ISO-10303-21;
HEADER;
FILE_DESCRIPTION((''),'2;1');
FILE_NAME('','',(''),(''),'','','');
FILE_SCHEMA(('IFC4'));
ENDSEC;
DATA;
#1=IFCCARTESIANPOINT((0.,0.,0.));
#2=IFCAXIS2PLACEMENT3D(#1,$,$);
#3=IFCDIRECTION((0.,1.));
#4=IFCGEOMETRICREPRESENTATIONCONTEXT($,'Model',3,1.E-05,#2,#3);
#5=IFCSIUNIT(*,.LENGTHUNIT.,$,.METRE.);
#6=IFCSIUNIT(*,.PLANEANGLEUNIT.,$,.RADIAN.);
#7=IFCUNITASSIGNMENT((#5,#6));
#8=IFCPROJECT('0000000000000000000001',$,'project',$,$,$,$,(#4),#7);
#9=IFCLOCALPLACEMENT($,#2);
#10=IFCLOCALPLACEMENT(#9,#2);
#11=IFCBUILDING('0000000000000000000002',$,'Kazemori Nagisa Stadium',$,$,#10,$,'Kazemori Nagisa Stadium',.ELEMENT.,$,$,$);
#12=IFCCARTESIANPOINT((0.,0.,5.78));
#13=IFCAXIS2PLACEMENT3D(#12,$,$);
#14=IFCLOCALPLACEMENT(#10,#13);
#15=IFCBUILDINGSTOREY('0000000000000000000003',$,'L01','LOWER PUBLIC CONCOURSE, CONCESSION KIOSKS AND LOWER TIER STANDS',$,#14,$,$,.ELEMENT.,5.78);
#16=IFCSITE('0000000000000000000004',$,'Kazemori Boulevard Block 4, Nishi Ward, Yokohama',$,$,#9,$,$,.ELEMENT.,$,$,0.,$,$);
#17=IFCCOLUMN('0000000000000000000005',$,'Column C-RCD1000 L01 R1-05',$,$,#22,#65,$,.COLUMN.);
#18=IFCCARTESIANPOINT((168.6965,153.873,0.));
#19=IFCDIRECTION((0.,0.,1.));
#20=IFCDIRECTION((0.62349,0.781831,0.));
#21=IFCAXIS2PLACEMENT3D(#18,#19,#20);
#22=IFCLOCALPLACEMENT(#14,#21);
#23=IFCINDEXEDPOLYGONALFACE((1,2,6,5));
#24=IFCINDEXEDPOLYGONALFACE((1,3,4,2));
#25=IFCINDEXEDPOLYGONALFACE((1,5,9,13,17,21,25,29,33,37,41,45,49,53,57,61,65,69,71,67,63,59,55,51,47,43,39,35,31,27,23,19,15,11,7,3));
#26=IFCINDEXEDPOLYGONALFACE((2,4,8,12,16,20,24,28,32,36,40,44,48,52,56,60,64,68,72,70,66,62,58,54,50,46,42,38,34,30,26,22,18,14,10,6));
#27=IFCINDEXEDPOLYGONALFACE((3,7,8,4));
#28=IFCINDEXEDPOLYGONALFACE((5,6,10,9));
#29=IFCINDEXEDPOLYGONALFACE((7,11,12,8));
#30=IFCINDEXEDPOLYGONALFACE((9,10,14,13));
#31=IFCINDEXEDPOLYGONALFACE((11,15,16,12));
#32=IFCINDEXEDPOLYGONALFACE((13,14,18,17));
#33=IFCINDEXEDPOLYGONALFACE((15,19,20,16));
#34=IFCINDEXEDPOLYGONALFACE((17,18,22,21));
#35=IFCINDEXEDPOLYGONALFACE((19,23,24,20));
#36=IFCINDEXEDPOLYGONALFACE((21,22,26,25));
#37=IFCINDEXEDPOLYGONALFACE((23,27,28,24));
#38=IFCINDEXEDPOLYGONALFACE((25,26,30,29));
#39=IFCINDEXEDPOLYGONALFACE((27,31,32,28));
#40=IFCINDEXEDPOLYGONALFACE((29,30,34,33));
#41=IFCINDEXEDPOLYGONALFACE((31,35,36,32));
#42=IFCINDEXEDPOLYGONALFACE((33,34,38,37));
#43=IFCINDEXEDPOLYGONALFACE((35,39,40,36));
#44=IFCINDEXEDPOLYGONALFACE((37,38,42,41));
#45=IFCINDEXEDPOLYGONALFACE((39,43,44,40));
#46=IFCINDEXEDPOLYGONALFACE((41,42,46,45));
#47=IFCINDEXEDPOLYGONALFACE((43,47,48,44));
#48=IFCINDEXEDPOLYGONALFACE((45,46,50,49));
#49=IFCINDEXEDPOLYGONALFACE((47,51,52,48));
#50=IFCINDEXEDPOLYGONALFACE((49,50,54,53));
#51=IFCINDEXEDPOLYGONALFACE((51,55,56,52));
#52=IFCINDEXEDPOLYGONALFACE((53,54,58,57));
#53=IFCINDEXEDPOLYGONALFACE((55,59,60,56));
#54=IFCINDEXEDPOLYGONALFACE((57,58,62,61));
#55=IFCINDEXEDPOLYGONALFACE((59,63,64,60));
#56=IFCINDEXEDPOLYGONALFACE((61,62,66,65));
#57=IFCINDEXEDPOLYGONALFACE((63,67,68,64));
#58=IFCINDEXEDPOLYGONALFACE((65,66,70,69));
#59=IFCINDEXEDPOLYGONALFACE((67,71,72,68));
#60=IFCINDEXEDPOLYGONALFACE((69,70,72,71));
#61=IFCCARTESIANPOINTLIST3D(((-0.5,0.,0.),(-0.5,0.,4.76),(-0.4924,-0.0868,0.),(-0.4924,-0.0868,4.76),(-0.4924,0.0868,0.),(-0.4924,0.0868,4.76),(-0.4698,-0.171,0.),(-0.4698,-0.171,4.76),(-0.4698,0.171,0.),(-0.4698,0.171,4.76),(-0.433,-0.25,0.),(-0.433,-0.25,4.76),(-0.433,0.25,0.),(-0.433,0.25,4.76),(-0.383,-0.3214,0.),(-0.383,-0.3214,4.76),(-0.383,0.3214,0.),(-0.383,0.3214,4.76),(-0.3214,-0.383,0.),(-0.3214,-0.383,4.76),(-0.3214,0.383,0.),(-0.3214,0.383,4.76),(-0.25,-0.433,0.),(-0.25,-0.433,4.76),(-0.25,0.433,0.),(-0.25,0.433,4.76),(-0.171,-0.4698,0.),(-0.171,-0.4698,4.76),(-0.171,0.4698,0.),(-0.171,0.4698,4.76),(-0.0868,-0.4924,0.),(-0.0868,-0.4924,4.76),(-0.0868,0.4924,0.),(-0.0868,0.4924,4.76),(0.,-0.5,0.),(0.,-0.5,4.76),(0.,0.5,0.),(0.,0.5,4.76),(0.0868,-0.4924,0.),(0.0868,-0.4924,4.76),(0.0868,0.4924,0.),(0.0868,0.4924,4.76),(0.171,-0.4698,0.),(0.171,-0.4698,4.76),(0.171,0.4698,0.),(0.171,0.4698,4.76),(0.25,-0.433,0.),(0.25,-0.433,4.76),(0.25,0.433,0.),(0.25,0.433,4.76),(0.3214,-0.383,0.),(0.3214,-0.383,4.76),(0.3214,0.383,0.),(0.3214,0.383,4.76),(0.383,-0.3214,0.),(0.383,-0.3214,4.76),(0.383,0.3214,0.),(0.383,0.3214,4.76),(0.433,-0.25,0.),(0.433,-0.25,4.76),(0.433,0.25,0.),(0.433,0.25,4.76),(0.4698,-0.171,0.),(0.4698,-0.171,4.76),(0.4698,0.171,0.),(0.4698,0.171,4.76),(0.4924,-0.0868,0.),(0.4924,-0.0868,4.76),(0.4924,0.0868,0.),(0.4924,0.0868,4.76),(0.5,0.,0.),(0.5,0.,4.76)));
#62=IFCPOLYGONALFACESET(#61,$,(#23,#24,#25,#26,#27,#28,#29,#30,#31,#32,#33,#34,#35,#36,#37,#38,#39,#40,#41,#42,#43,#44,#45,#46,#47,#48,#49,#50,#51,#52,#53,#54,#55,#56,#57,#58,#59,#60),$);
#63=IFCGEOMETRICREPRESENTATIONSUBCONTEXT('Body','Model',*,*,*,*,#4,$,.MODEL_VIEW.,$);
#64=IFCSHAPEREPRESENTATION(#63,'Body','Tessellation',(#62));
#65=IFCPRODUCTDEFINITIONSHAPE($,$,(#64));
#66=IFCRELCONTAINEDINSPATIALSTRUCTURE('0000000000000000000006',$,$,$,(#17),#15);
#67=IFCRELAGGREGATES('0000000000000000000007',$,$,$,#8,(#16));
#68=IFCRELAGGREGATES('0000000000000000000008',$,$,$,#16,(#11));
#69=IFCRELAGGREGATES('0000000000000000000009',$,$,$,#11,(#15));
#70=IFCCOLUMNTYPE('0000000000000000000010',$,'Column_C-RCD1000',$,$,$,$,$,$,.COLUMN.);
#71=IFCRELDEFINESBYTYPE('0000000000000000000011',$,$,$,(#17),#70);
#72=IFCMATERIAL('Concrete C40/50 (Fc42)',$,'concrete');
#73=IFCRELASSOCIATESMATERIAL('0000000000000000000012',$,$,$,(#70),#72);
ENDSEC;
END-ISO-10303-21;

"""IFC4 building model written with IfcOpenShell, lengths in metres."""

from ifc_helpers import new_model, si_unit, direction, frame, origin, origin_2d, place, context, subcontext, project, spatial, circle, extrude, material, material_profile, profile_set, type_object, element, save


model = new_model("IFC4")

# Units and contexts
model_context = context("Model", 3, precision=1e-05, world=origin(), true_north=direction((0.0, 1.0)))
body_context = subcontext(model_context, "Body", "Model", "MODEL_VIEW")
ifc_project = project(units=[si_unit("LENGTHUNIT", "METRE"), si_unit("PLANEANGLEUNIT", "RADIAN")], contexts=[model_context])

# Site, building, storey
site_placement = place(None, origin())
site = spatial("IfcSite", under=ifc_project, at=site_placement, Name="Kazemori Boulevard Block 4, Nishi Ward, Yokohama", CompositionType="ELEMENT", RefElevation=0.0)
building_placement = place(site_placement, origin())
building = spatial("IfcBuilding", under=site, at=building_placement, Name="Kazemori Nagisa Stadium", LongName="Kazemori Nagisa Stadium", CompositionType="ELEMENT")
storey_placement = place(building_placement, frame((0.0, 0.0, 5.78)))
storey = spatial("IfcBuildingStorey", under=building, at=storey_placement, Name="L01", Description="LOWER PUBLIC CONCOURSE, CONCESSION KIOSKS AND LOWER TIER STANDS", CompositionType="ELEMENT", Elevation=5.78)

# Column
ifc_material_1 = material(Name="Concrete C40/50 (Fc42)", Category="concrete")
ifc_material_profile_1 = material_profile(ifc_material_1, circle(Radius=0.5, at=origin_2d()), Name="RC-COL-D1000")
ifc_profile_set_1 = profile_set([ifc_material_profile_1], Name="Concrete C40/50 (Fc42)")
column_type = type_object("IfcColumnType", Name="Column_C-RCD1000", PredefinedType="COLUMN", material=ifc_profile_set_1)
column_placement = place(storey_placement, frame((168.6965, 153.873, 0.0), z_axis=(0.0, 0.0, 1.0), x_axis=(0.62349, 0.781831, 0.0)))
element("IfcColumn", 1, at=column_placement, inside=storey, type_object=column_type, Name="Column C-RCD1000 L01 R1-05", PredefinedType="COLUMN", context=body_context, shape_type="SweptSolid", body=[
    extrude(circle(Radius=0.5, at=origin_2d()), origin(), (0.0, 0.0, 1.0), 4.76),
])

save(model, "model.ifc")
